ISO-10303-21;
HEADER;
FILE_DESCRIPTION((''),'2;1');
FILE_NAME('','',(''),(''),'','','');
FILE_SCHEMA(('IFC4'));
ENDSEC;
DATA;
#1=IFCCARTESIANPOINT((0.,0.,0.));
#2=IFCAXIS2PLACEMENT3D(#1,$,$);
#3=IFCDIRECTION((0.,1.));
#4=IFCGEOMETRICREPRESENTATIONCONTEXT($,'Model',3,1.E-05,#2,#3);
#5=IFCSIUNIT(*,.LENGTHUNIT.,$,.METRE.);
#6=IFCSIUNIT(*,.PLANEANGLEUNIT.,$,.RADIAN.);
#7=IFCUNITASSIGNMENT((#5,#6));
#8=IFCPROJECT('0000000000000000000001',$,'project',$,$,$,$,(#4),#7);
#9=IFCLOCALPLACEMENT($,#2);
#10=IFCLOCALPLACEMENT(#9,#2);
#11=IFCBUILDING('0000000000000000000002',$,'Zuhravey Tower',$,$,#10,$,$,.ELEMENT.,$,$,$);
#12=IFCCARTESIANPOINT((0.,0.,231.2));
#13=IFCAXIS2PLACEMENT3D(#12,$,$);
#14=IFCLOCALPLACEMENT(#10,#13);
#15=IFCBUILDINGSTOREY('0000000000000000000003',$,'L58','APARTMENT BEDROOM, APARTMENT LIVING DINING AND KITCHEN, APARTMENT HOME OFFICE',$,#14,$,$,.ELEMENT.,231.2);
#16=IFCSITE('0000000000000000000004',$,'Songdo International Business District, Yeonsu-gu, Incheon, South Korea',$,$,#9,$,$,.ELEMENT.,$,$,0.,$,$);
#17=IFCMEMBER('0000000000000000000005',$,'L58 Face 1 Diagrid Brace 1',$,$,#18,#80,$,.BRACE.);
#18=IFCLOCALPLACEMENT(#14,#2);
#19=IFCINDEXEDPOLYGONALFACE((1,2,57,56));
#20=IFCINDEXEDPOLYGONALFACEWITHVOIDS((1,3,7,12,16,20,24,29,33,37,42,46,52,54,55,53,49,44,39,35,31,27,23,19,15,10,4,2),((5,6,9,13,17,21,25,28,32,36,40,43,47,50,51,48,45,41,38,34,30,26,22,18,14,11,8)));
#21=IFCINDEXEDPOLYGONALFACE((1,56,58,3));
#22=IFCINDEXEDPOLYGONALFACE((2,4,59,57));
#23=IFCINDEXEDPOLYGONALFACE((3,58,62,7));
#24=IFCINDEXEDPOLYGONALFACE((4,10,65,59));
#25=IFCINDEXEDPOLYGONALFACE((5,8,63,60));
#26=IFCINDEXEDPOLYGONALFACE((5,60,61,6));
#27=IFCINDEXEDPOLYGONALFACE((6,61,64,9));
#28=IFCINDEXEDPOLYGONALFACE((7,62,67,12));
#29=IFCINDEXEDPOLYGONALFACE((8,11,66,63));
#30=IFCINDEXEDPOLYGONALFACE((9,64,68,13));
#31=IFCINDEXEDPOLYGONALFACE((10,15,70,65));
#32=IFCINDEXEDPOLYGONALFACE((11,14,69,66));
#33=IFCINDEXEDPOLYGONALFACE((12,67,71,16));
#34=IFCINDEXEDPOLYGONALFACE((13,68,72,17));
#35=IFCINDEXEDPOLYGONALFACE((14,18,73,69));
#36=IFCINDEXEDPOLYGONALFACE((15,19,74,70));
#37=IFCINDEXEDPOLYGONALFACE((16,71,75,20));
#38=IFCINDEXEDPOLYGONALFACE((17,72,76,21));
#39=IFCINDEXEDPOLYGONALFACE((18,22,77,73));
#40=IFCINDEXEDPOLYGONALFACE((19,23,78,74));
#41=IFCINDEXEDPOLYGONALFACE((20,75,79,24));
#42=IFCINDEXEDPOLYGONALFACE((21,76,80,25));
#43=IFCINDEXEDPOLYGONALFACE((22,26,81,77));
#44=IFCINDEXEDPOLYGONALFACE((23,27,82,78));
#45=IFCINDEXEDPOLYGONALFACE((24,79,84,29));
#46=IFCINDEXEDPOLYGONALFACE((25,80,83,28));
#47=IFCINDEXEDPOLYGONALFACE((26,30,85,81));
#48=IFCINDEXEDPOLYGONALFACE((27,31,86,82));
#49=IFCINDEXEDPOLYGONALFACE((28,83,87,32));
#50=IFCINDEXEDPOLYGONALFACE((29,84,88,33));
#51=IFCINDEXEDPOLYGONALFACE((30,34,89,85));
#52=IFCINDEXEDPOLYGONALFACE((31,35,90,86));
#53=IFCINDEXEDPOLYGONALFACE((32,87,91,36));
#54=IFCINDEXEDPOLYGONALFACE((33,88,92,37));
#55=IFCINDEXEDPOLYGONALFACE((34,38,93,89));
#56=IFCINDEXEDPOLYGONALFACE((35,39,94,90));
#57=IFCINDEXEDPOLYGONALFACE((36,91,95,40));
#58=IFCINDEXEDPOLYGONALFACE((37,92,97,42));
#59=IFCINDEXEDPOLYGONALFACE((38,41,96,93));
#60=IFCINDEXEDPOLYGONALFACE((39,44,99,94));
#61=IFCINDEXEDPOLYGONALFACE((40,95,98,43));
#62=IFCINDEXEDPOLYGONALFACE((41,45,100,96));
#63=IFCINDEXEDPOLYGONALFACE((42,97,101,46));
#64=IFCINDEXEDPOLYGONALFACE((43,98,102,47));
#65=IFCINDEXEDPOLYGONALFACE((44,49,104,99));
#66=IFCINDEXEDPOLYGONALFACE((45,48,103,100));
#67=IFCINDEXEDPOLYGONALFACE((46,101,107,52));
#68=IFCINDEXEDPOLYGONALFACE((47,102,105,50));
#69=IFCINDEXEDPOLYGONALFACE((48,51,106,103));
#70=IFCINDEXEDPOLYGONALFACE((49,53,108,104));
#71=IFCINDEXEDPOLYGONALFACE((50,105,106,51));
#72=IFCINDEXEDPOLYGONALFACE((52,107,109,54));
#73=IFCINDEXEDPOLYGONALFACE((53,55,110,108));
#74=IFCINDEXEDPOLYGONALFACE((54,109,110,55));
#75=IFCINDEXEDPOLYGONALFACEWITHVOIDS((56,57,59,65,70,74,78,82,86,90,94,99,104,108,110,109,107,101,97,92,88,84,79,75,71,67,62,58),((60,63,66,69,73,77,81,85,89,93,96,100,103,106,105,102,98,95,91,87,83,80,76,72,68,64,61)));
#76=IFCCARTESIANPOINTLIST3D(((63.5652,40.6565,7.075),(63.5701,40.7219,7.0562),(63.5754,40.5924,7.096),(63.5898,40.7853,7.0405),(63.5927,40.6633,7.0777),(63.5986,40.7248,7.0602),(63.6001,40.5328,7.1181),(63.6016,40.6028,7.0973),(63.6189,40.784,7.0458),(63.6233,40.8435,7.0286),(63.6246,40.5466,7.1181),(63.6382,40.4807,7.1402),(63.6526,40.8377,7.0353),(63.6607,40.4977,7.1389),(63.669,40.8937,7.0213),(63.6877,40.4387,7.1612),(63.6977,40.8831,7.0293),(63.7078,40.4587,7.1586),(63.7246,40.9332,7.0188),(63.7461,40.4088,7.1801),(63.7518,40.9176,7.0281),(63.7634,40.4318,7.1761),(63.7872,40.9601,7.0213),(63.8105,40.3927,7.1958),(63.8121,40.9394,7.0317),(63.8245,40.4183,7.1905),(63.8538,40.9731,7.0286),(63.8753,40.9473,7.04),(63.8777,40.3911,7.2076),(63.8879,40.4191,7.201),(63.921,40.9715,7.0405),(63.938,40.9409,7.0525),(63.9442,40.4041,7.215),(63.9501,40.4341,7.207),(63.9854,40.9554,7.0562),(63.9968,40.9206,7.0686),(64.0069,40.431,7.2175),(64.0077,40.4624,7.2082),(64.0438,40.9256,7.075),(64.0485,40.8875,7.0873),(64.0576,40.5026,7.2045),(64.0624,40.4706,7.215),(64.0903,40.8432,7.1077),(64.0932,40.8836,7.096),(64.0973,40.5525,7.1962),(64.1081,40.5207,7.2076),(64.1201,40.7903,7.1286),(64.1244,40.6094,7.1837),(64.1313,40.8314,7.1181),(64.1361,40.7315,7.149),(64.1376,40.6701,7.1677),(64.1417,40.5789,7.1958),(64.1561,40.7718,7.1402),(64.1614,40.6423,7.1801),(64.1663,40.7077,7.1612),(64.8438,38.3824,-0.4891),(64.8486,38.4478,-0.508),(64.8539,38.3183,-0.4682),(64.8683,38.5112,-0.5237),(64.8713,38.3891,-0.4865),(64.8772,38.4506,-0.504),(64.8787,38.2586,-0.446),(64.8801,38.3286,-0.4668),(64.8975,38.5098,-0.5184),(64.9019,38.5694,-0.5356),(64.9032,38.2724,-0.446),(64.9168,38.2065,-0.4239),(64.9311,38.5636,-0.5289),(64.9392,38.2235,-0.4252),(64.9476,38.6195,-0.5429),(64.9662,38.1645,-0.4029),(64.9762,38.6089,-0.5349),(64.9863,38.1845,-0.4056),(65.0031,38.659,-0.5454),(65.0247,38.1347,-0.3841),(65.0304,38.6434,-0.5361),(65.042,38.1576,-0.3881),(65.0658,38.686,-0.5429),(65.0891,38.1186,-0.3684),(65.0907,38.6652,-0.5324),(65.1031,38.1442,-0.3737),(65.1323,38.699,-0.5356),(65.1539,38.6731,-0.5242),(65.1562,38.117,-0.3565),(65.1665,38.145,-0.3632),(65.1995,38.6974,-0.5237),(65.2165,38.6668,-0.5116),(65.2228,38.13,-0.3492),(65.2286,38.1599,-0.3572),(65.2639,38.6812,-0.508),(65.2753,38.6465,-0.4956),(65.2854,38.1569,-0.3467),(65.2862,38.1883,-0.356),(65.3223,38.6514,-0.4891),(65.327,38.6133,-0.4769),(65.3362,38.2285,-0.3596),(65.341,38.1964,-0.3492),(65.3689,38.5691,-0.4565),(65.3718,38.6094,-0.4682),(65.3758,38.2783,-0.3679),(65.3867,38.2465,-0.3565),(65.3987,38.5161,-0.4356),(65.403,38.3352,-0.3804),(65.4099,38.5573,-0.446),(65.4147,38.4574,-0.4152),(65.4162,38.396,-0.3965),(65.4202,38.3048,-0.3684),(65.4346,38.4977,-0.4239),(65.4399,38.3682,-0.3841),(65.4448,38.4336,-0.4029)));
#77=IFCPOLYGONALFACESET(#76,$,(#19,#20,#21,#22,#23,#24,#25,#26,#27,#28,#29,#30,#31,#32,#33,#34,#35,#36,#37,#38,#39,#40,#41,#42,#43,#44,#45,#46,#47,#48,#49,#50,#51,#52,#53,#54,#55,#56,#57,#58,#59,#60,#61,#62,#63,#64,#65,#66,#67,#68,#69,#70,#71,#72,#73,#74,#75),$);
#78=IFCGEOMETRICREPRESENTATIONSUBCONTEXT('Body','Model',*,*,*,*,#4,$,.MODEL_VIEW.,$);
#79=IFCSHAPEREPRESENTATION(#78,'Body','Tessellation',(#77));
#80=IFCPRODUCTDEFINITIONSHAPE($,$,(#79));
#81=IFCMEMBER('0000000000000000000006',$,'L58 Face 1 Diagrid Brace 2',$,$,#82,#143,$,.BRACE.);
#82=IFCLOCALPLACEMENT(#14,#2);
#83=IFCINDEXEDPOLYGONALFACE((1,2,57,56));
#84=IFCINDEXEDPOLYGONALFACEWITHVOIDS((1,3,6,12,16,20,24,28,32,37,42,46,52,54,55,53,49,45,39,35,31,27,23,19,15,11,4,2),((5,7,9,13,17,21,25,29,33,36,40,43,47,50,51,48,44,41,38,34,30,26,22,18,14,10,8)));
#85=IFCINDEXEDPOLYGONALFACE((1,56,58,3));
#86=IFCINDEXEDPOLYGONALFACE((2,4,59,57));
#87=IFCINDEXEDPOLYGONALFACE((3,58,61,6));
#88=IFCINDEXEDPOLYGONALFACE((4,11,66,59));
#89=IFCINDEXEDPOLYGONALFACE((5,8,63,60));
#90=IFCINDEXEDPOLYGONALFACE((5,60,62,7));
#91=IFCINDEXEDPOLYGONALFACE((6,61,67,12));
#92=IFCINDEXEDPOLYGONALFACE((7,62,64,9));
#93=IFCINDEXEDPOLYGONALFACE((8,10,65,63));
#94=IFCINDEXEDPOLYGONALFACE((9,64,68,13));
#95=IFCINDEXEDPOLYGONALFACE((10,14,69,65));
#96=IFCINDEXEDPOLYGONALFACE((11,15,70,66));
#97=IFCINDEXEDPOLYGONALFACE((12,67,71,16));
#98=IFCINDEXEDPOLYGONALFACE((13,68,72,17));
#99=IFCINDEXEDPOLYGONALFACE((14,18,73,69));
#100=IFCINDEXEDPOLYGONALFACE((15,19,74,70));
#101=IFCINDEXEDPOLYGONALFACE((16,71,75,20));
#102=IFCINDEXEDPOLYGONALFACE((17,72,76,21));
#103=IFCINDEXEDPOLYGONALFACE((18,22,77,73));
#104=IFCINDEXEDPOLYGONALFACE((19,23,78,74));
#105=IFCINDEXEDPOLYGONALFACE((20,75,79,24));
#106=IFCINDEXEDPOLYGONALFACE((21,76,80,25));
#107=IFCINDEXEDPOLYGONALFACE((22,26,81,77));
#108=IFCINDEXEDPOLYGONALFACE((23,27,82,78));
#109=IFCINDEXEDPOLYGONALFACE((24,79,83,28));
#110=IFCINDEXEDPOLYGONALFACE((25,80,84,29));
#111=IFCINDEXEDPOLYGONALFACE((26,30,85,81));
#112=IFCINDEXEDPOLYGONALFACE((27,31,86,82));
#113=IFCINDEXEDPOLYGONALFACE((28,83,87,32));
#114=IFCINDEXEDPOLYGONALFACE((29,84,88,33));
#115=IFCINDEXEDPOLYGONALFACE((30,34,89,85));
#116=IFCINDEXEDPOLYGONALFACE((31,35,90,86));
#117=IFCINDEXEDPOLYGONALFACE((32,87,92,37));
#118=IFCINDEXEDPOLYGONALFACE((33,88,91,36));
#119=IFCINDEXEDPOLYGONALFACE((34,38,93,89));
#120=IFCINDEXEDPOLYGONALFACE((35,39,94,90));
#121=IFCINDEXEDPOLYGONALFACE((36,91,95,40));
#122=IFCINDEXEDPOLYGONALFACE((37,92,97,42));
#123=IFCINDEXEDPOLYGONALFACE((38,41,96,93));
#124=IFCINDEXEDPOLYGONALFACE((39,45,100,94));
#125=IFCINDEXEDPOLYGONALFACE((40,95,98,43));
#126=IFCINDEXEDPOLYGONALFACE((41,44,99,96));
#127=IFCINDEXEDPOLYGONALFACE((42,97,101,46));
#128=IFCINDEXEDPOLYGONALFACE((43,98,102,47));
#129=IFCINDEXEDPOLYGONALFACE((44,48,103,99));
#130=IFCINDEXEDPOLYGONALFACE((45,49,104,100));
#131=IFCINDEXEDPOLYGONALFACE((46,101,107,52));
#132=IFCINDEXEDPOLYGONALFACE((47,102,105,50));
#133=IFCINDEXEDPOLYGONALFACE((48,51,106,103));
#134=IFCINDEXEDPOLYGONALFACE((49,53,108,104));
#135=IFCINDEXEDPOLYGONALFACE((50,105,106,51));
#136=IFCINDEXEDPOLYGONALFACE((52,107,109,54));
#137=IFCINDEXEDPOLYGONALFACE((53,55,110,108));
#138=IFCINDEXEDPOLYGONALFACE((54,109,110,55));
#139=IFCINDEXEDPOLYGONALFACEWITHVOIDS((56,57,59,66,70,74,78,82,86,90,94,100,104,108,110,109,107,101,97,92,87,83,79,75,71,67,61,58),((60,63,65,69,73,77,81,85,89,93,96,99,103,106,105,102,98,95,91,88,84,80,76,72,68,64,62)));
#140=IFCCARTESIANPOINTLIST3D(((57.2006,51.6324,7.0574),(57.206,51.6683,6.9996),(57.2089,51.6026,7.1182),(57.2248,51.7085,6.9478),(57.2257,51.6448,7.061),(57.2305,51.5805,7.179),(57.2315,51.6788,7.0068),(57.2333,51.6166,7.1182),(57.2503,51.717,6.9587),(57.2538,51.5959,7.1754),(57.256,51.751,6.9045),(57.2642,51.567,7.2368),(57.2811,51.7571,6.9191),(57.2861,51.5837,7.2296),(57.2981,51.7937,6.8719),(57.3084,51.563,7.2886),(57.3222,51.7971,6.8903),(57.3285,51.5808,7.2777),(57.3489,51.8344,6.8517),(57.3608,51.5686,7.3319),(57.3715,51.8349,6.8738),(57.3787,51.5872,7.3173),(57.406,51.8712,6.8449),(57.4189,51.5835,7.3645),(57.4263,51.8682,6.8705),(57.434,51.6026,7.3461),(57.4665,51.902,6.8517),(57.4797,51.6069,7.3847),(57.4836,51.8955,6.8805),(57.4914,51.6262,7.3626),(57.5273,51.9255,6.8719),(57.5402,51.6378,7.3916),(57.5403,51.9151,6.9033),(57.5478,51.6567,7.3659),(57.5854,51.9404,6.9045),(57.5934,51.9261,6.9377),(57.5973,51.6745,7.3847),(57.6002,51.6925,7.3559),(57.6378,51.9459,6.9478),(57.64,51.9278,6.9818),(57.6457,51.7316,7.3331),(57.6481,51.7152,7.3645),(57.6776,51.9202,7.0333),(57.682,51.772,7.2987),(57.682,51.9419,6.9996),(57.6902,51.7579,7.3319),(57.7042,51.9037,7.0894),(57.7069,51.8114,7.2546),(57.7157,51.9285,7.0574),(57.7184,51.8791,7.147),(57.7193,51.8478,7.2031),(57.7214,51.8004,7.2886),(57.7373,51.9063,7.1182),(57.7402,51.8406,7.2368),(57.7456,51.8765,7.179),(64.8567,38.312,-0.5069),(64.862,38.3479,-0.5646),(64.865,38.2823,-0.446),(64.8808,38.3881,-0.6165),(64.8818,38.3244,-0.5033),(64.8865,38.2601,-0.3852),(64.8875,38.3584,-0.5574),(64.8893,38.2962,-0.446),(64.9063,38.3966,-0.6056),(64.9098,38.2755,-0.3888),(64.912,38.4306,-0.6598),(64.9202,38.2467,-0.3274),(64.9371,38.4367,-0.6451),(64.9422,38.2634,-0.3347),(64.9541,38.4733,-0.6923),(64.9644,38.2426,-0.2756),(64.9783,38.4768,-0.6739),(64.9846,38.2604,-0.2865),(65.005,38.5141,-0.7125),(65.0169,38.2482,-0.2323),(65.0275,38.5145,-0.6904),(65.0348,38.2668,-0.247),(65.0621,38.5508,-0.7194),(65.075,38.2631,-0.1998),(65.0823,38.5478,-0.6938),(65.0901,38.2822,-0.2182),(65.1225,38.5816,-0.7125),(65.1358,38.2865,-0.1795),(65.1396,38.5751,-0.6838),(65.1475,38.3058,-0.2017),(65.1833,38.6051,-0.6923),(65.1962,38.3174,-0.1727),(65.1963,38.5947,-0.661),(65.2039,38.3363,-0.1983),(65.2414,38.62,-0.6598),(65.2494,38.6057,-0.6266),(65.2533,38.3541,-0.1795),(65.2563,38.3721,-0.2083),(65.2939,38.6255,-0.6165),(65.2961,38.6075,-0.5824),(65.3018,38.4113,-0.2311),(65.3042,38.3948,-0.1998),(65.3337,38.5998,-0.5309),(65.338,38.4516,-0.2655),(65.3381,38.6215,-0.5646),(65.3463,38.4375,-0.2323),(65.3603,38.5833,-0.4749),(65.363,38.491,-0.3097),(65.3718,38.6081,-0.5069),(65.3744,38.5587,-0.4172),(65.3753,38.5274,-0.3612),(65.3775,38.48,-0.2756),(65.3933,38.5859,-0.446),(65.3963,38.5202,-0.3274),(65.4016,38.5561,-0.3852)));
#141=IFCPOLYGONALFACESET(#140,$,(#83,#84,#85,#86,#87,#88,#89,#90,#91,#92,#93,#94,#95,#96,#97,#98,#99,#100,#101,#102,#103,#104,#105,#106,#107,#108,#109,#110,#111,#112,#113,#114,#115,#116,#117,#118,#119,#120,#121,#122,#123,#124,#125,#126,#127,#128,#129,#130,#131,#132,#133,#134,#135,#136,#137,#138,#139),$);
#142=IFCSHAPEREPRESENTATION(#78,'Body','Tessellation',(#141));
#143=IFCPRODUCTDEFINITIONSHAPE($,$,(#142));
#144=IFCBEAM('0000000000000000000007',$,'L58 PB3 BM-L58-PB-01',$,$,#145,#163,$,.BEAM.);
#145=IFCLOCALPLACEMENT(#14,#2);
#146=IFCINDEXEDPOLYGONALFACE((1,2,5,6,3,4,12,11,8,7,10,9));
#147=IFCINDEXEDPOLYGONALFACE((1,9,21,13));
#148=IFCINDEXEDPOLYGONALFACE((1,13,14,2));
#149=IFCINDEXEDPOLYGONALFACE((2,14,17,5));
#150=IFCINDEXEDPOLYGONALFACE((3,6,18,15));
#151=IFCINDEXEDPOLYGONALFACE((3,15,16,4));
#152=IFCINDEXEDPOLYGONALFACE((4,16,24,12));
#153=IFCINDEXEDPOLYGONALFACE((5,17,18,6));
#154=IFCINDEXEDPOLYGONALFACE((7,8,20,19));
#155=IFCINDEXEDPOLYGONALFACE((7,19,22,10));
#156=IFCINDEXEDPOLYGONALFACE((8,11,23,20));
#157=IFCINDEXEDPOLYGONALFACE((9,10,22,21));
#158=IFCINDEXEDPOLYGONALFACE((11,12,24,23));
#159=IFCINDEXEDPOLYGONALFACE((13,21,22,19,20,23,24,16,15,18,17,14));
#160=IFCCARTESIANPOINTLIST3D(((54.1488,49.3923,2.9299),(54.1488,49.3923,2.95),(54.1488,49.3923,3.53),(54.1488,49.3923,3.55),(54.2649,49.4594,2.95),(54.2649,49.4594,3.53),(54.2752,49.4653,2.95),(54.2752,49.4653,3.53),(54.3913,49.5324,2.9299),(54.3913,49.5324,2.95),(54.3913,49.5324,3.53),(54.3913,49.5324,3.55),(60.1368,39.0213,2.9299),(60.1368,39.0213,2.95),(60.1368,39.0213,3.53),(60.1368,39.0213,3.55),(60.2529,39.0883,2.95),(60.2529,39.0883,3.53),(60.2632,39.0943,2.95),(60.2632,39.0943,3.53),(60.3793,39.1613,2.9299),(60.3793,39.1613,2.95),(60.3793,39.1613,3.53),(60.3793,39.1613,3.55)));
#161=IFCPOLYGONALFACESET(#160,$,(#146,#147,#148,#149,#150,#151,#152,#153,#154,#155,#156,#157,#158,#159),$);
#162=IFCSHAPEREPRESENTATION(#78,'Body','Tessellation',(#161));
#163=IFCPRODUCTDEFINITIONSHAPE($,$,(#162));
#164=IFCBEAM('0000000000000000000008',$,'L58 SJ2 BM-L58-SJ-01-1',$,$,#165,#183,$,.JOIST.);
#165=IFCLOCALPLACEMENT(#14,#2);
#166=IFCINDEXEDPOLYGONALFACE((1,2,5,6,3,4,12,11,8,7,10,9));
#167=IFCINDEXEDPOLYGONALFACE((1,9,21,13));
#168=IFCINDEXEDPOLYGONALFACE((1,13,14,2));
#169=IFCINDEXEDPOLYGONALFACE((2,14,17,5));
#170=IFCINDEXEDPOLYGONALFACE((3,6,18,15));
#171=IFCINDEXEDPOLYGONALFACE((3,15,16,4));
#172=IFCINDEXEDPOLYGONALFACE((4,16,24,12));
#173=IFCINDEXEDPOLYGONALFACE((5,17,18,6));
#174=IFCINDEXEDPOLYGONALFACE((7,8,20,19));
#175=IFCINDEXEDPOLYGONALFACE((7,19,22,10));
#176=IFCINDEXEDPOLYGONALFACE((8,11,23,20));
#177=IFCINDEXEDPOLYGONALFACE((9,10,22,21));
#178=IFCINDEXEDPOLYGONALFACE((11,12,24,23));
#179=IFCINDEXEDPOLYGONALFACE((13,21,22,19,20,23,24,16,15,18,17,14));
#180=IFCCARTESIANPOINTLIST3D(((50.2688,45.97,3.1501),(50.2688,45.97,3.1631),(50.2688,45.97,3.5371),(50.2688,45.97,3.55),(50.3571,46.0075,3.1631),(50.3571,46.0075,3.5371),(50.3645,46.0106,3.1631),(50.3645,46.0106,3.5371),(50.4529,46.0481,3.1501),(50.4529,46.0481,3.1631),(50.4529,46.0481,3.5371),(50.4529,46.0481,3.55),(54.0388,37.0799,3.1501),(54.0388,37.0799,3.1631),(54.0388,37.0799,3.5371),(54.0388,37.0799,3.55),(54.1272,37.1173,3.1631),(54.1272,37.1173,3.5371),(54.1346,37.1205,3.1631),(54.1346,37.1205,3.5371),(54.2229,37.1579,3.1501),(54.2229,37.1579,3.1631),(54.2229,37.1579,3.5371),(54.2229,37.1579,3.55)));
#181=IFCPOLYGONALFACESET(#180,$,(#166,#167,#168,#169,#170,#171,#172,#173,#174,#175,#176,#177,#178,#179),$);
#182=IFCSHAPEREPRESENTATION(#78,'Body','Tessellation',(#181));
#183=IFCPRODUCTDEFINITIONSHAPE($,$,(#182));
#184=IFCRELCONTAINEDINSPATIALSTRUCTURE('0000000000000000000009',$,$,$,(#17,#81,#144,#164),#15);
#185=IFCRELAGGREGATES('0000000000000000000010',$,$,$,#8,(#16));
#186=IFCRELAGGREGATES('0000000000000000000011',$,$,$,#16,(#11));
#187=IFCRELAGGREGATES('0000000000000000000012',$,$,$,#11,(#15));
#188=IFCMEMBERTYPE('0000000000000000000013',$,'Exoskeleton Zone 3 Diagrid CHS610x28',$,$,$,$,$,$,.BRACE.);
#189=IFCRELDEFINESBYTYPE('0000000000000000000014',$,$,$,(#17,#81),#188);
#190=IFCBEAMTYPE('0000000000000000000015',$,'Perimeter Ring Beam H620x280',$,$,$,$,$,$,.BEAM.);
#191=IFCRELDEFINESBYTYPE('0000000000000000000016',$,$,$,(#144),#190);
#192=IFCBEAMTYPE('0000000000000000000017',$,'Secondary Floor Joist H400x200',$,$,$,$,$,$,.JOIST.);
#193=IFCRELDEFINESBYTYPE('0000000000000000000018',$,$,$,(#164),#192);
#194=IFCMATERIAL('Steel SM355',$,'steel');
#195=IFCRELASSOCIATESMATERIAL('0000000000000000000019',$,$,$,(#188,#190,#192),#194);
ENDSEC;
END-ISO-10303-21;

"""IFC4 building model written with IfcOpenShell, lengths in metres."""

from ifc_helpers import new_model, si_unit, direction, frame, origin, origin_2d, place, context, subcontext, project, spatial, hollow_circle, i_section, extrude, material, material_profile, profile_set, type_object, element, save


model = new_model("IFC4")

# Units and contexts
model_context = context("Model", 3, precision=1e-05, world=origin(), true_north=direction((0.0, 1.0)))
body_context = subcontext(model_context, "Body", "Model", "MODEL_VIEW")
ifc_project = project(units=[si_unit("LENGTHUNIT", "METRE"), si_unit("PLANEANGLEUNIT", "RADIAN")], contexts=[model_context])

# Site, building, storey
site_placement = place(None, origin())
site = spatial("IfcSite", under=ifc_project, at=site_placement, Name="Songdo International Business District, Yeonsu-gu, Incheon, South Korea", CompositionType="ELEMENT", RefElevation=0.0)
building_placement = place(site_placement, origin())
building = spatial("IfcBuilding", under=site, at=building_placement, Name="Zuhravey Tower", CompositionType="ELEMENT")
storey_placement = place(building_placement, frame((0.0, 0.0, 231.2)))
storey = spatial("IfcBuildingStorey", under=building, at=storey_placement, Name="L58", Description="APARTMENT BEDROOM, APARTMENT LIVING DINING AND KITCHEN, APARTMENT HOME OFFICE", CompositionType="ELEMENT", Elevation=231.2)

# Members
ifc_material_1 = material(Name="Steel SM355", Category="steel")
ifc_material_profile_1 = material_profile(ifc_material_1, hollow_circle(Radius=0.3047, WallThickness=0.0281, at=origin_2d()), Name="CHS-609.6x28")
ifc_profile_set_1 = profile_set([ifc_material_profile_1], Name="Steel SM355")
member_type_1 = type_object("IfcMemberType", Name="Exoskeleton Zone 3 Diagrid CHS610x28", PredefinedType="BRACE", material=ifc_profile_set_1)
member_1_placement = place(storey_placement, frame((65.1443, 38.408, -0.446), z_axis=(-0.159791, 0.284218, 0.94535), x_axis=(-0.871683, -0.49007, 0.0)))
element("IfcMember", 1, at=member_1_placement, inside=storey, type_object=member_type_1, Name="L58 Face 1 Diagrid Brace 1", PredefinedType="BRACE", context=body_context, shape_type="SweptSolid", body=[
    extrude(hollow_circle(Radius=0.3047, WallThickness=0.0281, at=origin_2d()), origin(), (0.0, 0.0, 1.0), 8.0015),
])
member_2_placement = place(storey_placement, frame((65.1292, 38.4341, -0.446), z_axis=(-0.447068, 0.777833, 0.441708), x_axis=(-0.866996, -0.498316, 0.0)))
element("IfcMember", 2, at=member_2_placement, inside=storey, type_object=member_type_1, Name="L58 Face 1 Diagrid Brace 2", PredefinedType="BRACE", context=body_context, shape_type="SweptSolid", body=[
    extrude(hollow_circle(Radius=0.3047, WallThickness=0.0281, at=origin_2d()), origin(), (0.0, 0.0, 1.0), 17.125),
])

# Beams
ifc_material_profile_2 = material_profile(ifc_material_1, i_section(OverallWidth=0.28, OverallDepth=0.6201, WebThickness=0.012, FlangeThickness=0.02, at=origin_2d()), Name="H-620x280x12x20")
ifc_profile_set_2 = profile_set([ifc_material_profile_2], Name="Steel SM355")
beam_type_1 = type_object("IfcBeamType", Name="Perimeter Ring Beam H620x280", PredefinedType="BEAM", material=ifc_profile_set_2)
beam_1_placement = place(storey_placement, frame((60.2581, 39.0913, 3.24), z_axis=(-0.500018, 0.866015, 0.0), x_axis=(-0.866015, -0.500018, 0.0)))
element("IfcBeam", 3, at=beam_1_placement, inside=storey, type_object=beam_type_1, Name="L58 PB3 BM-L58-PB-01", PredefinedType="BEAM", context=body_context, shape_type="SweptSolid", body=[
    extrude(i_section(OverallWidth=0.28, OverallDepth=0.6201, WebThickness=0.012, FlangeThickness=0.02, at=origin_2d()), origin(), (0.0, 0.0, 1.0), 11.9756),
])
ifc_material_profile_3 = material_profile(ifc_material_1, i_section(OverallWidth=0.2, OverallDepth=0.3999, WebThickness=0.0081, FlangeThickness=0.0129, at=origin_2d()), Name="H-400x200x8x13")
ifc_profile_set_3 = profile_set([ifc_material_profile_3], Name="Steel SM355")
beam_type_2 = type_object("IfcBeamType", Name="Secondary Floor Joist H400x200", PredefinedType="JOIST", material=ifc_profile_set_3)
beam_2_placement = place(storey_placement, frame((54.1309, 37.1189, 3.3501), z_axis=(-0.390413, 0.92064, 0.0), x_axis=(-0.92064, -0.390413, 0.0)))
element("IfcBeam", 4, at=beam_2_placement, inside=storey, type_object=beam_type_2, Name="L58 SJ2 BM-L58-SJ-01-1", PredefinedType="JOIST", context=body_context, shape_type="SweptSolid", body=[
    extrude(i_section(OverallWidth=0.2, OverallDepth=0.3999, WebThickness=0.0081, FlangeThickness=0.0129, at=origin_2d()), origin(), (0.0, 0.0, 1.0), 9.6565),
])

save(model, "model.ifc")
